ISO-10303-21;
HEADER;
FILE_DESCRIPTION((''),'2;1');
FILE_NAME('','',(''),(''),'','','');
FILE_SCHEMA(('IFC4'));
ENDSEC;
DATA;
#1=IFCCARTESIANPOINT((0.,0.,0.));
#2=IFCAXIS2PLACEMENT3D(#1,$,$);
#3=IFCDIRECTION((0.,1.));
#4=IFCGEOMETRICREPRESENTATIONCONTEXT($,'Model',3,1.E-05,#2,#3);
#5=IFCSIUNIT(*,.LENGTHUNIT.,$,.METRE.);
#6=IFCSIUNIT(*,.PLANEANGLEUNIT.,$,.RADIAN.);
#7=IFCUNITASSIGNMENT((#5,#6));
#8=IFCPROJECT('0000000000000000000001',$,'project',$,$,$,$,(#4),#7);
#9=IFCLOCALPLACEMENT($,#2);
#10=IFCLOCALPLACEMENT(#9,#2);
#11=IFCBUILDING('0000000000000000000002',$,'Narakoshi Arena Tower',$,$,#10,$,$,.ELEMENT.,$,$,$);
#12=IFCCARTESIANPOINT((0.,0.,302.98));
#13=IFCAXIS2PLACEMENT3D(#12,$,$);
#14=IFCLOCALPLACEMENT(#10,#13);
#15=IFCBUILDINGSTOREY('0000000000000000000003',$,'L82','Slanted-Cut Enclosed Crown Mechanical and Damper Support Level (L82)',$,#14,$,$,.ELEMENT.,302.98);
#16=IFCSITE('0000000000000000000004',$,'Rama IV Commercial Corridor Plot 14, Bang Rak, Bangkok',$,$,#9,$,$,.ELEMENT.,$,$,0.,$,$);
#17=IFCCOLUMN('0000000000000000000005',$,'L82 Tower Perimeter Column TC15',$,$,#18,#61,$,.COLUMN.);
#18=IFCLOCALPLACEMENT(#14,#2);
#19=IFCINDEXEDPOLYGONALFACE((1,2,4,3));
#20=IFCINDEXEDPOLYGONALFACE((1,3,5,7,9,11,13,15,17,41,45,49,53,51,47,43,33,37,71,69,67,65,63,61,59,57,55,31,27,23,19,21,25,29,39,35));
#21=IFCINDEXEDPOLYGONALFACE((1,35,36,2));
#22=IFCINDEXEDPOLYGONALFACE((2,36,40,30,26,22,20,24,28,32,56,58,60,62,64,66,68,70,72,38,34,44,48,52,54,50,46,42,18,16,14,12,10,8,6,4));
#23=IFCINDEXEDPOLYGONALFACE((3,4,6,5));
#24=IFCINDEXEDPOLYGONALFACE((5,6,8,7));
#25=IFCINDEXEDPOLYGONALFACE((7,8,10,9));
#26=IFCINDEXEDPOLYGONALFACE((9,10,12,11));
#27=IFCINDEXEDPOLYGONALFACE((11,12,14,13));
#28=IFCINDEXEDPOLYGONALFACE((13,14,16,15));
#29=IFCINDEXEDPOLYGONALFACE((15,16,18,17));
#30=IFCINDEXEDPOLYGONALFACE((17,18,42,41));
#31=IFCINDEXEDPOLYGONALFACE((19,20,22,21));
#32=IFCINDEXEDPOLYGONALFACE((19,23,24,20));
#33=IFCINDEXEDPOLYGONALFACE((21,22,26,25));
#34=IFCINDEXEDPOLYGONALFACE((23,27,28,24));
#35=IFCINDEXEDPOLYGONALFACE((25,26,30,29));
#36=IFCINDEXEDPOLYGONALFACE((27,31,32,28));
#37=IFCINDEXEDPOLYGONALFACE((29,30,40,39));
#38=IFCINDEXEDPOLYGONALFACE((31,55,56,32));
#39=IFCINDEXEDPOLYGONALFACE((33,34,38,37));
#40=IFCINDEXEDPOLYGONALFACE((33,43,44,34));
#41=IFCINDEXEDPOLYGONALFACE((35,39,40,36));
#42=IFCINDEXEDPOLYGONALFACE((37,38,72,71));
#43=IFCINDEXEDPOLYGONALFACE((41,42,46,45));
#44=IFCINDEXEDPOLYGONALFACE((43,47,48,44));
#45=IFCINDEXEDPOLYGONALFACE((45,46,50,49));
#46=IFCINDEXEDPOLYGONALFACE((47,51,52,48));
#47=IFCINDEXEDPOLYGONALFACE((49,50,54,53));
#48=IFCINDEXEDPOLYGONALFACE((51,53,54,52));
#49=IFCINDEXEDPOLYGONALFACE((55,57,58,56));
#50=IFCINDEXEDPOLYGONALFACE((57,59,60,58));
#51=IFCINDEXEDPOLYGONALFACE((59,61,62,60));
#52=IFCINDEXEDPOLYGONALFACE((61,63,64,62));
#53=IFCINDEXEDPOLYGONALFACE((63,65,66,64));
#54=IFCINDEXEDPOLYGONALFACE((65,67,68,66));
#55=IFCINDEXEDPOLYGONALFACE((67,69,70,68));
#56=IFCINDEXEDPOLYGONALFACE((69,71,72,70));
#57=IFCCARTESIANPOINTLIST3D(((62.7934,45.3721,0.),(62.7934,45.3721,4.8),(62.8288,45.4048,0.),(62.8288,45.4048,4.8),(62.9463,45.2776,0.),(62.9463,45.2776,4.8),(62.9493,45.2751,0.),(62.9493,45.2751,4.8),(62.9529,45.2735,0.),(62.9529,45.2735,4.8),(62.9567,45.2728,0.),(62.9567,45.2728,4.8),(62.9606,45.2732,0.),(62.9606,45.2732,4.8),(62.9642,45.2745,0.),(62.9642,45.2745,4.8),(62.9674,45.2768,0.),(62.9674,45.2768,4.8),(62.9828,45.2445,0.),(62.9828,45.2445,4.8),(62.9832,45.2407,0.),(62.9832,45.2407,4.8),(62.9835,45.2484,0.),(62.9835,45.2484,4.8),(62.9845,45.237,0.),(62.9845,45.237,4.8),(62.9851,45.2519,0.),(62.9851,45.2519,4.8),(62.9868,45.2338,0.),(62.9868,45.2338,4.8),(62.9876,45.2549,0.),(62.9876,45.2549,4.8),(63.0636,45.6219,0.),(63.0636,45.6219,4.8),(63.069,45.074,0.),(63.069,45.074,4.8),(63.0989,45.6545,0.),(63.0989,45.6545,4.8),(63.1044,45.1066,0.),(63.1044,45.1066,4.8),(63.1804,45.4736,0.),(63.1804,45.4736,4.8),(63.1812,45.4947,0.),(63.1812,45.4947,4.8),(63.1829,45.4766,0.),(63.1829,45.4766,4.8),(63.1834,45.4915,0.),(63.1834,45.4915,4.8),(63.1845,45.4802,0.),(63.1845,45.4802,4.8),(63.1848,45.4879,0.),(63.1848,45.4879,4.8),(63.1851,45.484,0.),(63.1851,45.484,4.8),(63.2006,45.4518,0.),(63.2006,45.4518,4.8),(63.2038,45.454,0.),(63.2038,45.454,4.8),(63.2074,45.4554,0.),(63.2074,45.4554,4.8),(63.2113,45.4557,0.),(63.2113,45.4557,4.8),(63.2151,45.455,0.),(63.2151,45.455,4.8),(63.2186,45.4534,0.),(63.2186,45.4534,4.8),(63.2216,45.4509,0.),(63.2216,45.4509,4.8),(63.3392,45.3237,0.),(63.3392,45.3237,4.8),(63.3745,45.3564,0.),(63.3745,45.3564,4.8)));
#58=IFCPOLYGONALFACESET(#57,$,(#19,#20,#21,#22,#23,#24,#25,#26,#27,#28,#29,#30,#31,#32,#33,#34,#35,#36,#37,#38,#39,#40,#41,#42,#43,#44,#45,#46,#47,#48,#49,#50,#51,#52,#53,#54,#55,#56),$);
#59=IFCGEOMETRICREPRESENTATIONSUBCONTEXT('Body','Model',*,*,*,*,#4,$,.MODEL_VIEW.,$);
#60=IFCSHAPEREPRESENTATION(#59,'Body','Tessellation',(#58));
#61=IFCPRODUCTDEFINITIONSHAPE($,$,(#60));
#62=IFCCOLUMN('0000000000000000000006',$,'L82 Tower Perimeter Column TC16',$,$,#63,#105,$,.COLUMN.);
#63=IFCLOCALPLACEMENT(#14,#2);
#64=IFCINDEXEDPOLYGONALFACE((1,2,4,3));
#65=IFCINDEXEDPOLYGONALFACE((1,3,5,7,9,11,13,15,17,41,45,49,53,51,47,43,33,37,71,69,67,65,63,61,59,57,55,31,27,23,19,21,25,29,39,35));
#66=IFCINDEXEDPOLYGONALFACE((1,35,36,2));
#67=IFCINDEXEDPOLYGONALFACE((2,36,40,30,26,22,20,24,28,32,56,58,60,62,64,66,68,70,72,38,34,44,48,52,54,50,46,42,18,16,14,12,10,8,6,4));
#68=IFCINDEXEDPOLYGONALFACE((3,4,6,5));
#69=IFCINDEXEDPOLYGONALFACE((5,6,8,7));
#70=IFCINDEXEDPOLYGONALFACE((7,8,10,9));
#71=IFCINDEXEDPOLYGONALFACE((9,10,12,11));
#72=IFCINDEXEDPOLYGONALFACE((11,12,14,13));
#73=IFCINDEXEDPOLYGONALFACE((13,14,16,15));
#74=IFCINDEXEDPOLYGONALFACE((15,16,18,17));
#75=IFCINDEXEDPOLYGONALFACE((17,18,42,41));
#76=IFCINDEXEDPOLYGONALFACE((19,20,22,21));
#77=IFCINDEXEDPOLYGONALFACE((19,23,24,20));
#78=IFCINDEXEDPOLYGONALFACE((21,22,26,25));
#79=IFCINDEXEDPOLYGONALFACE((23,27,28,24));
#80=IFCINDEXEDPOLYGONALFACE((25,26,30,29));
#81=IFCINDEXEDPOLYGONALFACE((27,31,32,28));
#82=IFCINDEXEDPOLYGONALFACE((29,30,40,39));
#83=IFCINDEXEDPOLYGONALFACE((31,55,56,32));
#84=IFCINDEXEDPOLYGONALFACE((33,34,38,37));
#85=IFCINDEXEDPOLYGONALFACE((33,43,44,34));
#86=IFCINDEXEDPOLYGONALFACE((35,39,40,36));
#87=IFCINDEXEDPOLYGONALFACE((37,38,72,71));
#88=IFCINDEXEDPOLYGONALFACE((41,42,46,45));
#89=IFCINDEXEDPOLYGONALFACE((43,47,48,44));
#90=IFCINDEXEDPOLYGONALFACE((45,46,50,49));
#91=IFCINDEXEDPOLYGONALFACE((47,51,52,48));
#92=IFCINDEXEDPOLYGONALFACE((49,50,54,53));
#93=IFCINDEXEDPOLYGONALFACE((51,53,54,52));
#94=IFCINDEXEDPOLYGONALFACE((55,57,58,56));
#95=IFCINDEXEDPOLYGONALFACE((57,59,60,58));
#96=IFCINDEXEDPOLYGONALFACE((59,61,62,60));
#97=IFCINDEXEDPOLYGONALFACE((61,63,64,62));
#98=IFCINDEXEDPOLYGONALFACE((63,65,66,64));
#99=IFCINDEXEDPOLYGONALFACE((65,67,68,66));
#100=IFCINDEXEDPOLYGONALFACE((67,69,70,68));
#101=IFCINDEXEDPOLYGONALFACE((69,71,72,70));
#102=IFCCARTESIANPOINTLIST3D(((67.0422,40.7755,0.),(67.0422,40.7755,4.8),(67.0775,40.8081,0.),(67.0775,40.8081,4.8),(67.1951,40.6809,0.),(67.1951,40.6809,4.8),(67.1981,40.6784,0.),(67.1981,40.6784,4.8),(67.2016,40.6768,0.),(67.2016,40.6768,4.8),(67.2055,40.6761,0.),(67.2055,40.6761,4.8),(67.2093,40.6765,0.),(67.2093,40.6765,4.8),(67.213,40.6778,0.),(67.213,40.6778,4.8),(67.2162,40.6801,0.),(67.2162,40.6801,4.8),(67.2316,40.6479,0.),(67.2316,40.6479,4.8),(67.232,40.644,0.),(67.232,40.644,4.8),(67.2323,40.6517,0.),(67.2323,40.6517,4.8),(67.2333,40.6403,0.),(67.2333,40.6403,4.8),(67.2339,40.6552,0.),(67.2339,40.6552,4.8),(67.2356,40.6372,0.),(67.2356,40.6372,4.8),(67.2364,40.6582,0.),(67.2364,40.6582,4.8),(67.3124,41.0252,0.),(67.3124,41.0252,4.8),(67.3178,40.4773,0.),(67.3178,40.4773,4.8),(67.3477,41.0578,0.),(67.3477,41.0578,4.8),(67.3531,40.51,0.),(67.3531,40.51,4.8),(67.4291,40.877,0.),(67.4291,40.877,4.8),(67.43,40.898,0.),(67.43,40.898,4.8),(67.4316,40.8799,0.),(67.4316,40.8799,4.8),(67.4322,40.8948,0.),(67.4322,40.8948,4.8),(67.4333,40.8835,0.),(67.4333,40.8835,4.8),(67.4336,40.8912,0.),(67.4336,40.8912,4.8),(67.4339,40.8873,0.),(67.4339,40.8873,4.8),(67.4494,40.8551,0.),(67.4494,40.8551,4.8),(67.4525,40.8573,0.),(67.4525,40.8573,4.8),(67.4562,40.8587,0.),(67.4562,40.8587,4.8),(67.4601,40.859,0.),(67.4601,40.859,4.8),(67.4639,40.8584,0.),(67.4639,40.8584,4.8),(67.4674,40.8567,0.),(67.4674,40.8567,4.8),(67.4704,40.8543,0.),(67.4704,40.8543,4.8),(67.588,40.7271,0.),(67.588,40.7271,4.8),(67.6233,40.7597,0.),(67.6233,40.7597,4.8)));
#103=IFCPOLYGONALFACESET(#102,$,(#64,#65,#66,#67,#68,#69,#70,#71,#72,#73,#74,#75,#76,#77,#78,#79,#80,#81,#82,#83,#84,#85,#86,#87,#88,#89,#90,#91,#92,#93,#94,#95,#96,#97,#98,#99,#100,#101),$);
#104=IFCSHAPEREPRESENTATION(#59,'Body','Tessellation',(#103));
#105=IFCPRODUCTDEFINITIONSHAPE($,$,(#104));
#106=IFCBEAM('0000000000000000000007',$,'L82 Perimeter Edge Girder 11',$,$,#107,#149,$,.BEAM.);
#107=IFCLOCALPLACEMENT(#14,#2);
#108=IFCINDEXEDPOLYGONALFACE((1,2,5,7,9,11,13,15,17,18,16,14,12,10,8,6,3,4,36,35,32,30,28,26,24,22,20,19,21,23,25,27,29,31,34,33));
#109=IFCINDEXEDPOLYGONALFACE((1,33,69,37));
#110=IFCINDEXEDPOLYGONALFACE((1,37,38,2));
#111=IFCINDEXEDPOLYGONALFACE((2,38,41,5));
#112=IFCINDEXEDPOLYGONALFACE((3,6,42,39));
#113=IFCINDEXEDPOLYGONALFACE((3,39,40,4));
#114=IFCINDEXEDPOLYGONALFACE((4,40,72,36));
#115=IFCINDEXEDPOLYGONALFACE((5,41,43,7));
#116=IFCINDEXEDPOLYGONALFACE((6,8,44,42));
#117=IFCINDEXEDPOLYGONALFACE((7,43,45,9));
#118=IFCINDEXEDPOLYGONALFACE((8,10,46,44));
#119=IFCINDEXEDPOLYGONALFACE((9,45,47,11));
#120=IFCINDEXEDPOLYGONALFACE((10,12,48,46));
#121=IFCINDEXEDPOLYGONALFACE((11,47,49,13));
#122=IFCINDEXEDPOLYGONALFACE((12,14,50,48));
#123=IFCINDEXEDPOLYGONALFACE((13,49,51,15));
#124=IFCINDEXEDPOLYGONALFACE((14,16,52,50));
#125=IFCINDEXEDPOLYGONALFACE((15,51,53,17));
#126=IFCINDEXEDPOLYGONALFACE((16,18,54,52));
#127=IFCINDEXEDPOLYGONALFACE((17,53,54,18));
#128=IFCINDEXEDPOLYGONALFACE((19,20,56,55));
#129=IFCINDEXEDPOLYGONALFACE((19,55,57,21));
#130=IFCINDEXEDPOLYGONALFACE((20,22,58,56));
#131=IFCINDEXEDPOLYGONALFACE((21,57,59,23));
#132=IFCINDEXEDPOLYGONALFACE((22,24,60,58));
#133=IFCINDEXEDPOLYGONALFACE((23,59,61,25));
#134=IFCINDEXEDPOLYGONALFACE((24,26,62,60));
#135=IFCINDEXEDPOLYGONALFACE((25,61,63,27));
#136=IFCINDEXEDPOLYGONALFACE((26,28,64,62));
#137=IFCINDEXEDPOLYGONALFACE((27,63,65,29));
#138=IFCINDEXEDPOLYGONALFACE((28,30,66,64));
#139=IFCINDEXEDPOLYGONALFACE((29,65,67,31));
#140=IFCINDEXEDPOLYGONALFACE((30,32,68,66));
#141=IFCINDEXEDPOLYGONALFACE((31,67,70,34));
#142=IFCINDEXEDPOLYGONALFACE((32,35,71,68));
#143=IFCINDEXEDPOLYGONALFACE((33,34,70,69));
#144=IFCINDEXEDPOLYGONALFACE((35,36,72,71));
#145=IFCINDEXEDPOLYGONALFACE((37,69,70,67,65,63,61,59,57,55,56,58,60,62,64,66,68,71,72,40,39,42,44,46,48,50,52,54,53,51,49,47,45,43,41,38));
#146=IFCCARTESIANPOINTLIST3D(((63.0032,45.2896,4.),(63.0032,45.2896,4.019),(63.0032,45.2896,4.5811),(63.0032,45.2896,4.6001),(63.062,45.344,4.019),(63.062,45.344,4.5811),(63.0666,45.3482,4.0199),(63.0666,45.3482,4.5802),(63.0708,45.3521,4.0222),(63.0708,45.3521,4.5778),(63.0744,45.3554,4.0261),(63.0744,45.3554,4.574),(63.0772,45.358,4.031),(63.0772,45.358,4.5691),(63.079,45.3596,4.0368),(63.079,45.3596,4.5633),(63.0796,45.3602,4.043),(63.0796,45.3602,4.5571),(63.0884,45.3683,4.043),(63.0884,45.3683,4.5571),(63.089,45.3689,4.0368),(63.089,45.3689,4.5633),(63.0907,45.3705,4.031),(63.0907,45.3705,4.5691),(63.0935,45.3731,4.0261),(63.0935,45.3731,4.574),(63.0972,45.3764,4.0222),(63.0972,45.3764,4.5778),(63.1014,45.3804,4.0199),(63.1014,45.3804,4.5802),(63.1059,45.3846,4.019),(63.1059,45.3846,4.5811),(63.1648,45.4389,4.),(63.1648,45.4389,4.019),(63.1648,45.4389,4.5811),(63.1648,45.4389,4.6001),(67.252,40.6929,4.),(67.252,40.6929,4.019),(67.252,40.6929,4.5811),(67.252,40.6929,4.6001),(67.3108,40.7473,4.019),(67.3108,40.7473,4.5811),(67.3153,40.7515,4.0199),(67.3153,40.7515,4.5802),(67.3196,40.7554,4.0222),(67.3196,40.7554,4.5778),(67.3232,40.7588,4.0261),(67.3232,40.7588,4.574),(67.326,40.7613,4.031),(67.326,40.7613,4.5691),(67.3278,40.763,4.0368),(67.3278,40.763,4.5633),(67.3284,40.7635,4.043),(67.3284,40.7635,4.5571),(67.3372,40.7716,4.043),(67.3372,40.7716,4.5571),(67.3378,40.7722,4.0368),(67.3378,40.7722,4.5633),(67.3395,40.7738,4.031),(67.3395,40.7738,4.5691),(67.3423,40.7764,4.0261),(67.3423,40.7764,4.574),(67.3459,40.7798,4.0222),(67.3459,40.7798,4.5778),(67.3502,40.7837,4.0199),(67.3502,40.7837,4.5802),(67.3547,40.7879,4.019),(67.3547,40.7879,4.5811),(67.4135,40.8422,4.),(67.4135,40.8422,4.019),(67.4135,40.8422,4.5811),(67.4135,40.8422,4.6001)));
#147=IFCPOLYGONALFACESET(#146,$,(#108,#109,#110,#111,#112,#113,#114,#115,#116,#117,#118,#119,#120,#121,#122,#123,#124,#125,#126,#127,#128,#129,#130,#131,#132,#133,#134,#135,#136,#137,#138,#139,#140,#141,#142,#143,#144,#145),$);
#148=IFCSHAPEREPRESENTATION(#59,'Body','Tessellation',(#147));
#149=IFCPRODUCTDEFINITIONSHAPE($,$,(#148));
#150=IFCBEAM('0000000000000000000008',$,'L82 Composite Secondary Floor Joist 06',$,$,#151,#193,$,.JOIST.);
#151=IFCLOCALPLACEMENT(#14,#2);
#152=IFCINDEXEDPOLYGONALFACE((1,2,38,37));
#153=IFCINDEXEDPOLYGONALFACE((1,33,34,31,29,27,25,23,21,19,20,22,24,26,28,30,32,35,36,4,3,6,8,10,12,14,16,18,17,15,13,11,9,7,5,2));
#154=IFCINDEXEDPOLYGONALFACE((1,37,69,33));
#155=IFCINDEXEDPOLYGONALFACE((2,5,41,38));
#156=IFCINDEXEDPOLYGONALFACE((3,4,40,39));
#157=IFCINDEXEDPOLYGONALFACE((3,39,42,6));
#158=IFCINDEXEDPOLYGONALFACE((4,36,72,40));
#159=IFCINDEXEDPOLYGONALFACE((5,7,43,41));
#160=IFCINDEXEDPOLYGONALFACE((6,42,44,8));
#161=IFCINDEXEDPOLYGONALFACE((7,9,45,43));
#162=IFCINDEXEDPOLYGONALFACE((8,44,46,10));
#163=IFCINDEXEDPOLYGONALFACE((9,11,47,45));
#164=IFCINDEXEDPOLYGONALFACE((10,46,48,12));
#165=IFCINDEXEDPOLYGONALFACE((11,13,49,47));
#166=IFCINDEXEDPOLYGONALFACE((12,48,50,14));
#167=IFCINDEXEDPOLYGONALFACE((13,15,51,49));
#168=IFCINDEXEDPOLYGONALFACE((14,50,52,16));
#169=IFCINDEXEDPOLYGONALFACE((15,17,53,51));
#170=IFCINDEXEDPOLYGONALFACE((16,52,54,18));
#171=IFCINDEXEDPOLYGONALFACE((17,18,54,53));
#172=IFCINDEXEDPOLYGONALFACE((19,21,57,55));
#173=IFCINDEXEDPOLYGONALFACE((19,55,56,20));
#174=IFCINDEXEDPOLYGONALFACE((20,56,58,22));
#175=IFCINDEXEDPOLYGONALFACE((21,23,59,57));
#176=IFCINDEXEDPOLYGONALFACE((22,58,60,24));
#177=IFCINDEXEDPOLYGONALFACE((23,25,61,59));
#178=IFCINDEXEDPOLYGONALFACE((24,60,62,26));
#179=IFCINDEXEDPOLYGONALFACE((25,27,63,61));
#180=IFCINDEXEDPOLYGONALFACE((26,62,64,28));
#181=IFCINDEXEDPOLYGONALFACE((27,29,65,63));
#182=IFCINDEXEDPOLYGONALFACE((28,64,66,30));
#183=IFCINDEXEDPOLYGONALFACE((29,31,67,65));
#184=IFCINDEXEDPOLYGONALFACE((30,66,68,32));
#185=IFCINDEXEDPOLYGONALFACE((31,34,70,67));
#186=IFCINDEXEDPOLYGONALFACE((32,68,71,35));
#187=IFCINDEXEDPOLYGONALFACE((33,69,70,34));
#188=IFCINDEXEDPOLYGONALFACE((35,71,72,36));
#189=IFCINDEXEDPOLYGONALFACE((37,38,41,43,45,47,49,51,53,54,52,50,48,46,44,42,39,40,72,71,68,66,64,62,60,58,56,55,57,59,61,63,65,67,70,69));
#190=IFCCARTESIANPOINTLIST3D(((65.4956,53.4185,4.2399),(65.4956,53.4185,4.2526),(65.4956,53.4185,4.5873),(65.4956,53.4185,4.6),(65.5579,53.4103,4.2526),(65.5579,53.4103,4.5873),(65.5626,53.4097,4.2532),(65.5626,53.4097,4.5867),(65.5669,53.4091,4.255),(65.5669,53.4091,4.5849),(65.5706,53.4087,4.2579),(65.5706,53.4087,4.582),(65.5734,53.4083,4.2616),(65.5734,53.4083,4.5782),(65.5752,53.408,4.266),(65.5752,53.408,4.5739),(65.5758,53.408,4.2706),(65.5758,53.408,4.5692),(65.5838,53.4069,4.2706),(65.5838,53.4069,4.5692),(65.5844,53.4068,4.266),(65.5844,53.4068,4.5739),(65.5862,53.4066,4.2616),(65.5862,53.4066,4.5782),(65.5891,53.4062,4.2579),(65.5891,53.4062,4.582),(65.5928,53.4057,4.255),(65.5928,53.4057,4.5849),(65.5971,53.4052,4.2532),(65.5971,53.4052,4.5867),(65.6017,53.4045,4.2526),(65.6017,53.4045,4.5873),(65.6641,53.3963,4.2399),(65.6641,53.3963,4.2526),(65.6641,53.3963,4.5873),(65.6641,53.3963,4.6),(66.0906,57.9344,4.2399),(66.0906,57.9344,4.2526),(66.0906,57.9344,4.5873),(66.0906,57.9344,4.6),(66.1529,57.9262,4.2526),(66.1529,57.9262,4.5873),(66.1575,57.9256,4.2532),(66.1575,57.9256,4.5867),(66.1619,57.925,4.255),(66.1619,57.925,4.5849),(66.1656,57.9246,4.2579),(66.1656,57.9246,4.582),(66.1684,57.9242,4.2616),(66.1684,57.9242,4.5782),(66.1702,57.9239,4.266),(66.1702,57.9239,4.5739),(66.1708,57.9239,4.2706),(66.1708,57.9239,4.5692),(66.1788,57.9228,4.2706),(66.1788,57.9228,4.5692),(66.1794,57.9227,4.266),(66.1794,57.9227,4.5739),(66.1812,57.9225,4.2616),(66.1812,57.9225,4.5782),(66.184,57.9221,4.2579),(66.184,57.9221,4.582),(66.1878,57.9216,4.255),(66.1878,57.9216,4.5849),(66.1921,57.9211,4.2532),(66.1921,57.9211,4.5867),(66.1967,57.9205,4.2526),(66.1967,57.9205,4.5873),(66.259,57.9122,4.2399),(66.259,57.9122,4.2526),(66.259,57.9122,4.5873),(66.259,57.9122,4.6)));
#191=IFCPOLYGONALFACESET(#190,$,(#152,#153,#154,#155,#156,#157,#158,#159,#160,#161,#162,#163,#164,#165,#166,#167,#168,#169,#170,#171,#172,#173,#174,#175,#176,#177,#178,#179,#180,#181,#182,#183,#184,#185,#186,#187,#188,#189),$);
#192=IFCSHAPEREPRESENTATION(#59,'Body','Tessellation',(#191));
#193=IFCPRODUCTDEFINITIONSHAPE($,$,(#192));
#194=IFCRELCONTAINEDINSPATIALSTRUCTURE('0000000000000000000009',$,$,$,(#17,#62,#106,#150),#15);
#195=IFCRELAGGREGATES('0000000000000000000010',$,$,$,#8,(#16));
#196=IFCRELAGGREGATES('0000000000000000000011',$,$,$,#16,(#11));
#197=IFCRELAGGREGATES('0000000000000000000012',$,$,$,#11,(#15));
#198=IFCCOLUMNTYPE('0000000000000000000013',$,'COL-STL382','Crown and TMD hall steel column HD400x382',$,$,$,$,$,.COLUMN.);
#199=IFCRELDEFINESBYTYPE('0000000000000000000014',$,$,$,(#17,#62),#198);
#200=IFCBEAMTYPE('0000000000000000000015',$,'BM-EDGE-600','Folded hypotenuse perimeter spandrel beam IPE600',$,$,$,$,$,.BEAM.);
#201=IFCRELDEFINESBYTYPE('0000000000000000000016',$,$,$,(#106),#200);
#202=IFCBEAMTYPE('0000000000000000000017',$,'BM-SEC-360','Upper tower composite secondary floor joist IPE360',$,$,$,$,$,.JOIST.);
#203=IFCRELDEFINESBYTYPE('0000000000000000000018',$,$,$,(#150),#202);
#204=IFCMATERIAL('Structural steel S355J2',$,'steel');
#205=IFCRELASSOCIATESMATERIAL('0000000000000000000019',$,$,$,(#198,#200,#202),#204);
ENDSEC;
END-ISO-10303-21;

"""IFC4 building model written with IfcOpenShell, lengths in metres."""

from ifc_helpers import new_model, si_unit, direction, frame, origin, origin_2d, place, context, subcontext, project, spatial, i_section, extrude, material, material_profile, profile_set, type_object, element, save


model = new_model("IFC4")

# Units and contexts
model_context = context("Model", 3, precision=1e-05, world=origin(), true_north=direction((0.0, 1.0)))
body_context = subcontext(model_context, "Body", "Model", "MODEL_VIEW")
ifc_project = project(units=[si_unit("LENGTHUNIT", "METRE"), si_unit("PLANEANGLEUNIT", "RADIAN")], contexts=[model_context])

# Site, building, storey
site_placement = place(None, origin())
site = spatial("IfcSite", under=ifc_project, at=site_placement, Name="Rama IV Commercial Corridor Plot 14, Bang Rak, Bangkok", CompositionType="ELEMENT", RefElevation=0.0)
building_placement = place(site_placement, origin())
building = spatial("IfcBuilding", under=site, at=building_placement, Name="Narakoshi Arena Tower", CompositionType="ELEMENT")
storey_placement = place(building_placement, frame((0.0, 0.0, 302.98)))
storey = spatial("IfcBuildingStorey", under=building, at=storey_placement, Name="L82", Description="Slanted-Cut Enclosed Crown Mechanical and Damper Support Level (L82)", CompositionType="ELEMENT", Elevation=302.98)

# Columns
ifc_material_1 = material(Name="Structural steel S355J2", Category="steel")
ifc_material_profile_1 = material_profile(ifc_material_1, i_section(OverallWidth=0.406, OverallDepth=0.416, WebThickness=0.0298, FlangeThickness=0.0481, FilletRadius=0.0149, at=origin_2d()), Name="HD400x382")
ifc_profile_set_1 = profile_set([ifc_material_profile_1], Name="Structural steel S355J2")
column_type = type_object("IfcColumnType", Name="COL-STL382", Description="Crown and TMD hall steel column HD400x382", PredefinedType="COLUMN", material=ifc_profile_set_1)
for number, where, z_axis, x_axis, name in (
    (1, (63.084, 45.3643, 0.0), (0.0, 0.0, 1.0), (-0.678801, 0.734323, 0.0), "L82 Tower Perimeter Column TC15"),
    (2, (67.3328, 40.7676, 0.0), (0.0, 0.0, 1.0), (-0.678801, 0.734323, 0.0), "L82 Tower Perimeter Column TC16"),
):
    element("IfcColumn", number, at=place(storey_placement, frame(where, z_axis=z_axis, x_axis=x_axis)), inside=storey, type_object=column_type, Name=name, PredefinedType="COLUMN", context=body_context, shape_type="SweptSolid", body=[
        extrude(i_section(OverallWidth=0.406, OverallDepth=0.416, WebThickness=0.0298, FlangeThickness=0.0481, FilletRadius=0.0149, at=origin_2d()), origin(), (0.0, 0.0, 1.0), 4.8),
    ])

# Beams
ifc_material_profile_2 = material_profile(ifc_material_1, i_section(OverallWidth=0.22, OverallDepth=0.6001, WebThickness=0.012, FlangeThickness=0.019, FilletRadius=0.0239, at=origin_2d()), Name="IPE600")
ifc_profile_set_2 = profile_set([ifc_material_profile_2], Name="Structural steel S355J2")
beam_type_1 = type_object("IfcBeamType", Name="BM-EDGE-600", Description="Folded hypotenuse perimeter spandrel beam IPE600", PredefinedType="BEAM", material=ifc_profile_set_2)
beam_1_placement = place(storey_placement, frame((63.084, 45.3643, 4.3), z_axis=(0.678771, -0.73435, 0.0), x_axis=(0.73435, 0.678771, 0.0)))
element("IfcBeam", 3, at=beam_1_placement, inside=storey, type_object=beam_type_1, Name="L82 Perimeter Edge Girder 11", PredefinedType="BEAM", context=body_context, shape_type="SweptSolid", body=[
    extrude(i_section(OverallWidth=0.22, OverallDepth=0.6001, WebThickness=0.012, FlangeThickness=0.019, FilletRadius=0.0239, at=origin_2d()), origin(), (0.0, 0.0, 1.0), 6.2595),
])
ifc_material_profile_3 = material_profile(ifc_material_1, i_section(OverallWidth=0.1699, OverallDepth=0.3601, WebThickness=0.0081, FlangeThickness=0.0127, FilletRadius=0.0181, at=origin_2d()), Name="IPE360")
ifc_profile_set_3 = profile_set([ifc_material_profile_3], Name="Structural steel S355J2")
beam_type_2 = type_object("IfcBeamType", Name="BM-SEC-360", Description="Upper tower composite secondary floor joist IPE360", PredefinedType="JOIST", material=ifc_profile_set_3)
beam_2_placement = place(storey_placement, frame((66.1748, 57.9233, 4.4199), z_axis=(-0.130622, -0.991432, 0.0), x_axis=(0.991432, -0.130622, 0.0)))
element("IfcBeam", 4, at=beam_2_placement, inside=storey, type_object=beam_type_2, Name="L82 Composite Secondary Floor Joist 06", PredefinedType="JOIST", context=body_context, shape_type="SweptSolid", body=[
    extrude(i_section(OverallWidth=0.1699, OverallDepth=0.3601, WebThickness=0.0081, FlangeThickness=0.0127, FilletRadius=0.0181, at=origin_2d()), origin(), (0.0, 0.0, 1.0), 4.5549),
])

save(model, "model.ifc")
